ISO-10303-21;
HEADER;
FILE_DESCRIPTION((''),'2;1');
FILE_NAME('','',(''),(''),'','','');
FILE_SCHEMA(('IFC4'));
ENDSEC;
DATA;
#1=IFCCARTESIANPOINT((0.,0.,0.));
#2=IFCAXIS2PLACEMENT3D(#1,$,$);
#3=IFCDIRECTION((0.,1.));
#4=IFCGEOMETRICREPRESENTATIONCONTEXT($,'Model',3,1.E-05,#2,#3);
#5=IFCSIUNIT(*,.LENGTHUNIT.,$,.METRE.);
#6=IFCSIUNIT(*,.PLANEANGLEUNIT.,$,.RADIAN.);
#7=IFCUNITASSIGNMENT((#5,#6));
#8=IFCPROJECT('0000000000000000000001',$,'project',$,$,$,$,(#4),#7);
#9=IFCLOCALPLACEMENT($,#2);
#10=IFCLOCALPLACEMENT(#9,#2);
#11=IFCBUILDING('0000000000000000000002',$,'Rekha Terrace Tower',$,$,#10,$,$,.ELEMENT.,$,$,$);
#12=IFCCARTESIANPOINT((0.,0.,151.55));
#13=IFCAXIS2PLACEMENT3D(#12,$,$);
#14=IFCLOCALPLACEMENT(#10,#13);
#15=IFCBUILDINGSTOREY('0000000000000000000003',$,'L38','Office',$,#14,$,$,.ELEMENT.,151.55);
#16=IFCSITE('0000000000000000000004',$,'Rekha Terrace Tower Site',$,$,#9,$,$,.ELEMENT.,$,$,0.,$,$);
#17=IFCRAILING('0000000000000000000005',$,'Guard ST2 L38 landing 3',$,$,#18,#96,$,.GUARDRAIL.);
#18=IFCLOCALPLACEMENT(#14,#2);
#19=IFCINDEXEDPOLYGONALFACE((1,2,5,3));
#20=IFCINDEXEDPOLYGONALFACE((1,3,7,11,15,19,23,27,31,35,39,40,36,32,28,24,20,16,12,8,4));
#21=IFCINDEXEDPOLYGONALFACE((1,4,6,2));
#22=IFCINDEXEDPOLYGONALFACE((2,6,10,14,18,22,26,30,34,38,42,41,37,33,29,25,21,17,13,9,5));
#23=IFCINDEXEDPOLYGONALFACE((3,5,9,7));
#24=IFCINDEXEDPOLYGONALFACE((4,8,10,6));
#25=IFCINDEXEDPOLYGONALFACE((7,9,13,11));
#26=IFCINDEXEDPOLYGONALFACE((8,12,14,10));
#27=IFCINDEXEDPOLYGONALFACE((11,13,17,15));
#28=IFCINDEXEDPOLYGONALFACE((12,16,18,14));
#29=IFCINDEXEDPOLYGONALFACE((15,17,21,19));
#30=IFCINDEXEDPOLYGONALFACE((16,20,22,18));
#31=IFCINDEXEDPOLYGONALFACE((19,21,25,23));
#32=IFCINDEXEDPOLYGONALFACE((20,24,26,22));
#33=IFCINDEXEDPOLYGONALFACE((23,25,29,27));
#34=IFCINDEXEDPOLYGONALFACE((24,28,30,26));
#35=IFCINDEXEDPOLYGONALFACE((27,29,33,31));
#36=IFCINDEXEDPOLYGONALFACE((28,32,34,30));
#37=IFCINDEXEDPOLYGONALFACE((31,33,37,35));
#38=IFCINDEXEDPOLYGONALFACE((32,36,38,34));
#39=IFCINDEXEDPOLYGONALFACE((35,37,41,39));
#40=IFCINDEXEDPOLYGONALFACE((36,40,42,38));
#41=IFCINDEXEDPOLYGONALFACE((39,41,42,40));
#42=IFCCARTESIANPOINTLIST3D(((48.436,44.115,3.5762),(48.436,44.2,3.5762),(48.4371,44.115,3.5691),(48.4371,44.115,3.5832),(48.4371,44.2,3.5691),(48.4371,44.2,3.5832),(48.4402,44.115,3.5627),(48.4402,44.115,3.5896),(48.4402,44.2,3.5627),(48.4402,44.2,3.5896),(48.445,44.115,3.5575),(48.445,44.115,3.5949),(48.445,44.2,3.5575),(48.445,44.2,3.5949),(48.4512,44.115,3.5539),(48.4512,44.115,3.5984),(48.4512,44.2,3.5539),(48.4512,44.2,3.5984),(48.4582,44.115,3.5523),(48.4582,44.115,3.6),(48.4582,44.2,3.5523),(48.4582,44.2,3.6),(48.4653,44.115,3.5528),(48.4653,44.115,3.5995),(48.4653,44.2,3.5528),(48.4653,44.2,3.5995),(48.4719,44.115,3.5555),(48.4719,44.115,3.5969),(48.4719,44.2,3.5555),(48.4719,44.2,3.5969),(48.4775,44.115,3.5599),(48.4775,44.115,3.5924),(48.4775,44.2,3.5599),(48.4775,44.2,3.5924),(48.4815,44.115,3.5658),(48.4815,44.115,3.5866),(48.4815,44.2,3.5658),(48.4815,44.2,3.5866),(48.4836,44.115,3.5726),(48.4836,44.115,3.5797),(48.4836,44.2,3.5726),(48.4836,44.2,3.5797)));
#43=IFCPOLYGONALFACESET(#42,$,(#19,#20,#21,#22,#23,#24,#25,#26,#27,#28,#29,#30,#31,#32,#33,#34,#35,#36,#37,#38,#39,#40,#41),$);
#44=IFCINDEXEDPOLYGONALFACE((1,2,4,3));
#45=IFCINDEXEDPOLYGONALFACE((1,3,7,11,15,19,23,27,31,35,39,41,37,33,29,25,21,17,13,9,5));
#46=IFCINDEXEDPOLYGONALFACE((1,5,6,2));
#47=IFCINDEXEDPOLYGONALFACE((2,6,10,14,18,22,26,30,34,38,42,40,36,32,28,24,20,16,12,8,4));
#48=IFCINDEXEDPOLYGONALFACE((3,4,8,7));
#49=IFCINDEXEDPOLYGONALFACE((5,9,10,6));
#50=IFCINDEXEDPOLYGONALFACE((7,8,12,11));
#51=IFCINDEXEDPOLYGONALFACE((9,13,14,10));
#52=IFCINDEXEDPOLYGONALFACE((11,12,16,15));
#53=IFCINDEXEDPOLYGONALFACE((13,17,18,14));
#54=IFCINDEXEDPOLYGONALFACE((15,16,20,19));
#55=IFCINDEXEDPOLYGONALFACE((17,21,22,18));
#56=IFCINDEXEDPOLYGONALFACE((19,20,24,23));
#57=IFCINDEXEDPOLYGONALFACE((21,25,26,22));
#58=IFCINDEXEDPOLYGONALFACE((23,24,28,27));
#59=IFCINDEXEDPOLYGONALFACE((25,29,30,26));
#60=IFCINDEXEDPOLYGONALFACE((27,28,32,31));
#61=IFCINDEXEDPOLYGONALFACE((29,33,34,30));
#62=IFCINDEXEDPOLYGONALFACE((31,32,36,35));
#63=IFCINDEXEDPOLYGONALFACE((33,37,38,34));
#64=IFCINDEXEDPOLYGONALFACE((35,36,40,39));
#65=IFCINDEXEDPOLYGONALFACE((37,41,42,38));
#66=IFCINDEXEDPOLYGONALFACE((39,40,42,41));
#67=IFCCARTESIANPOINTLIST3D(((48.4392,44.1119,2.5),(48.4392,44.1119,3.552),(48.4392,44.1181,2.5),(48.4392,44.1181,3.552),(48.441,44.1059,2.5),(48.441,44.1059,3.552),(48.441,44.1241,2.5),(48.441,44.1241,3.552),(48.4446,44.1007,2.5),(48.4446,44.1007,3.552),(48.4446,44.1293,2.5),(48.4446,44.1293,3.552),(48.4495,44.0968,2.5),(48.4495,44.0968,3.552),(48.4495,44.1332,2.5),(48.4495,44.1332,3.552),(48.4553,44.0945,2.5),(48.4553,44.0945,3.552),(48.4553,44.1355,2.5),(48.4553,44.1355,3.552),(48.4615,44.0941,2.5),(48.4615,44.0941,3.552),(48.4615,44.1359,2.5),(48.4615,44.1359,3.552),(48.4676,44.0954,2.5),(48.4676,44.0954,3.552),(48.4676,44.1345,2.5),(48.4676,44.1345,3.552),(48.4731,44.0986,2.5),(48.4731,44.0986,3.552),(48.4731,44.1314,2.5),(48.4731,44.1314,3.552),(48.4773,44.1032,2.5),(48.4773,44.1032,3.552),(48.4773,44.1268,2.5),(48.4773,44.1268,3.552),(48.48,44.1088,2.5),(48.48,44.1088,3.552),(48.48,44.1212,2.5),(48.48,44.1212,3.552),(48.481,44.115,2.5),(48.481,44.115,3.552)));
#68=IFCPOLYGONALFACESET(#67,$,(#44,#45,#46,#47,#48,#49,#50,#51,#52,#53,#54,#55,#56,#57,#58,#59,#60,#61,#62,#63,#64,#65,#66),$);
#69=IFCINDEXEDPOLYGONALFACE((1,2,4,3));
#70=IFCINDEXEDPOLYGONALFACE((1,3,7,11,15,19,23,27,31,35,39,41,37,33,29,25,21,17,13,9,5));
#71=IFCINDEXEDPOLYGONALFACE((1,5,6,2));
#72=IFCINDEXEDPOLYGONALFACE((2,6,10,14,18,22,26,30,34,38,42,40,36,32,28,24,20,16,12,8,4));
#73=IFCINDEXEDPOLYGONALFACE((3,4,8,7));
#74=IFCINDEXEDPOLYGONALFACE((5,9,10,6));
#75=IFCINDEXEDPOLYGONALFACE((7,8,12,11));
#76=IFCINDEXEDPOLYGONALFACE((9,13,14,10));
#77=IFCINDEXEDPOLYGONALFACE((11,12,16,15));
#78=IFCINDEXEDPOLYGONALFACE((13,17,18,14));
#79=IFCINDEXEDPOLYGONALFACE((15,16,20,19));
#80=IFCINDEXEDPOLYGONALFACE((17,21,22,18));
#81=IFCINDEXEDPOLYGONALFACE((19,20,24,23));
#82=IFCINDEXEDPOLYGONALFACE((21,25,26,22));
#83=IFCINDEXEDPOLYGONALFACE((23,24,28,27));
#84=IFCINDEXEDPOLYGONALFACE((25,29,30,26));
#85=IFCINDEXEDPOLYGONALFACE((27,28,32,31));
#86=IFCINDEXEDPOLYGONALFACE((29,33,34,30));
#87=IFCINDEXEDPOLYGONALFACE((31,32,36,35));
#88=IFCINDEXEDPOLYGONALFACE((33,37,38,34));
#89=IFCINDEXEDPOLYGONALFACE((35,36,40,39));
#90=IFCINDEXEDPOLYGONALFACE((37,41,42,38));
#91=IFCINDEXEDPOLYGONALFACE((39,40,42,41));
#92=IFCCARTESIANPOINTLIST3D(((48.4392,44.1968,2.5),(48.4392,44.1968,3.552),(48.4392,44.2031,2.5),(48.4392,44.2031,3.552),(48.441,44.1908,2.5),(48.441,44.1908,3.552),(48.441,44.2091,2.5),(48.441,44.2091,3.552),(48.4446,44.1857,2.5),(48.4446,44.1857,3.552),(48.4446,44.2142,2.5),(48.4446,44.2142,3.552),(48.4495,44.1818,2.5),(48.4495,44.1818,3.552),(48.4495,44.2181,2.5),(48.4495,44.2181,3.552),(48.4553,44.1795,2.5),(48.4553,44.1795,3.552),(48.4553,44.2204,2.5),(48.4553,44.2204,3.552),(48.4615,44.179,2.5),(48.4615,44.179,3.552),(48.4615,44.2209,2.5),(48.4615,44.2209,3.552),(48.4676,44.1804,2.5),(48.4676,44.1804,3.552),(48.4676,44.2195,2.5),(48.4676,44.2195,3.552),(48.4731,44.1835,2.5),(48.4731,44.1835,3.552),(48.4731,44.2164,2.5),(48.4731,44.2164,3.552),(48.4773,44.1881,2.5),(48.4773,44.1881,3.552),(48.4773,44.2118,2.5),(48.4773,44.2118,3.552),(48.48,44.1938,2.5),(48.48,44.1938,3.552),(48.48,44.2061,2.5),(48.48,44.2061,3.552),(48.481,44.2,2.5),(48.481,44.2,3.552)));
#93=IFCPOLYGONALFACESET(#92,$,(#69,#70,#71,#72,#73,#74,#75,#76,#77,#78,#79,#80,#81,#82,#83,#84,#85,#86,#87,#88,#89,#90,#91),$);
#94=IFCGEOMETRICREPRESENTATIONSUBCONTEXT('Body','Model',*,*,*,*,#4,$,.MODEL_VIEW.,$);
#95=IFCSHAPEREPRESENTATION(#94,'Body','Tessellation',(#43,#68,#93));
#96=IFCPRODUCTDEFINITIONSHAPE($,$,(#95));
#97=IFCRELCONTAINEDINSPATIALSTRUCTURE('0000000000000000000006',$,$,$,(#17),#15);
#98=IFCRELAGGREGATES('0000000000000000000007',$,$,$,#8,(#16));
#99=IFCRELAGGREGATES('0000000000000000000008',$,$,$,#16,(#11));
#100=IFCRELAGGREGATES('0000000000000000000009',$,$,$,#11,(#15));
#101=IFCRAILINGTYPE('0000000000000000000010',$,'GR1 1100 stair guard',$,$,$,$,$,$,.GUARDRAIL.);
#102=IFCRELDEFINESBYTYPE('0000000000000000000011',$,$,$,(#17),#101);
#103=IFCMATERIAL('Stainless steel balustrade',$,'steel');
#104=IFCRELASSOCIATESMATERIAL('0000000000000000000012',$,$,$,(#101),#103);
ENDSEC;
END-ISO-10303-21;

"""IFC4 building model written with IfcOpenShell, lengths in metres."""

from ifc_helpers import new_model, si_unit, direction, frame, origin, origin_2d, place, context, subcontext, project, spatial, circle, extrude, material, type_object, element, save


model = new_model("IFC4")

# Units and contexts
model_context = context("Model", 3, precision=1e-05, world=origin(), true_north=direction((0.0, 1.0)))
body_context = subcontext(model_context, "Body", "Model", "MODEL_VIEW")
ifc_project = project(units=[si_unit("LENGTHUNIT", "METRE"), si_unit("PLANEANGLEUNIT", "RADIAN")], contexts=[model_context])

# Site, building, storey
site_placement = place(None, origin())
site = spatial("IfcSite", under=ifc_project, at=site_placement, Name="Rekha Terrace Tower Site", CompositionType="ELEMENT", RefElevation=0.0)
building_placement = place(site_placement, origin())
building = spatial("IfcBuilding", under=site, at=building_placement, Name="Rekha Terrace Tower", CompositionType="ELEMENT")
storey_placement = place(building_placement, frame((0.0, 0.0, 151.55)))
storey = spatial("IfcBuildingStorey", under=building, at=storey_placement, Name="L38", Description="Office", CompositionType="ELEMENT", Elevation=151.55)

# Railing
ifc_material_1 = material(Name="Stainless steel balustrade", Category="steel")
railing_type_1 = type_object("IfcRailingType", Name="GR1 1100 stair guard", PredefinedType="GUARDRAIL", material=ifc_material_1)
railing_1_placement = place(storey_placement, frame((48.46, 44.115, 2.5)))
element("IfcRailing", 1, at=railing_1_placement, inside=storey, type_object=railing_type_1, Name="Guard ST2 L38 landing 3", PredefinedType="GUARDRAIL", context=body_context, shape_type="SweptSolid", body=[
    extrude(circle(Radius=0.0239, at=origin_2d()), frame((0.0, 0.0, 1.0762), z_axis=(0.0, 1.0, 0.0), x_axis=(-1.0, 0.0, 0.0)), (0.0, 0.0, 1.0), 0.085),
    extrude(circle(Radius=0.021, at=origin_2d()), origin(), (0.0, 0.0, 1.0), 1.052),
    extrude(circle(Radius=0.021, at=origin_2d()), frame((0.0, 0.085, 0.0)), (0.0, 0.0, 1.0), 1.052),
])

save(model, "model.ifc")
